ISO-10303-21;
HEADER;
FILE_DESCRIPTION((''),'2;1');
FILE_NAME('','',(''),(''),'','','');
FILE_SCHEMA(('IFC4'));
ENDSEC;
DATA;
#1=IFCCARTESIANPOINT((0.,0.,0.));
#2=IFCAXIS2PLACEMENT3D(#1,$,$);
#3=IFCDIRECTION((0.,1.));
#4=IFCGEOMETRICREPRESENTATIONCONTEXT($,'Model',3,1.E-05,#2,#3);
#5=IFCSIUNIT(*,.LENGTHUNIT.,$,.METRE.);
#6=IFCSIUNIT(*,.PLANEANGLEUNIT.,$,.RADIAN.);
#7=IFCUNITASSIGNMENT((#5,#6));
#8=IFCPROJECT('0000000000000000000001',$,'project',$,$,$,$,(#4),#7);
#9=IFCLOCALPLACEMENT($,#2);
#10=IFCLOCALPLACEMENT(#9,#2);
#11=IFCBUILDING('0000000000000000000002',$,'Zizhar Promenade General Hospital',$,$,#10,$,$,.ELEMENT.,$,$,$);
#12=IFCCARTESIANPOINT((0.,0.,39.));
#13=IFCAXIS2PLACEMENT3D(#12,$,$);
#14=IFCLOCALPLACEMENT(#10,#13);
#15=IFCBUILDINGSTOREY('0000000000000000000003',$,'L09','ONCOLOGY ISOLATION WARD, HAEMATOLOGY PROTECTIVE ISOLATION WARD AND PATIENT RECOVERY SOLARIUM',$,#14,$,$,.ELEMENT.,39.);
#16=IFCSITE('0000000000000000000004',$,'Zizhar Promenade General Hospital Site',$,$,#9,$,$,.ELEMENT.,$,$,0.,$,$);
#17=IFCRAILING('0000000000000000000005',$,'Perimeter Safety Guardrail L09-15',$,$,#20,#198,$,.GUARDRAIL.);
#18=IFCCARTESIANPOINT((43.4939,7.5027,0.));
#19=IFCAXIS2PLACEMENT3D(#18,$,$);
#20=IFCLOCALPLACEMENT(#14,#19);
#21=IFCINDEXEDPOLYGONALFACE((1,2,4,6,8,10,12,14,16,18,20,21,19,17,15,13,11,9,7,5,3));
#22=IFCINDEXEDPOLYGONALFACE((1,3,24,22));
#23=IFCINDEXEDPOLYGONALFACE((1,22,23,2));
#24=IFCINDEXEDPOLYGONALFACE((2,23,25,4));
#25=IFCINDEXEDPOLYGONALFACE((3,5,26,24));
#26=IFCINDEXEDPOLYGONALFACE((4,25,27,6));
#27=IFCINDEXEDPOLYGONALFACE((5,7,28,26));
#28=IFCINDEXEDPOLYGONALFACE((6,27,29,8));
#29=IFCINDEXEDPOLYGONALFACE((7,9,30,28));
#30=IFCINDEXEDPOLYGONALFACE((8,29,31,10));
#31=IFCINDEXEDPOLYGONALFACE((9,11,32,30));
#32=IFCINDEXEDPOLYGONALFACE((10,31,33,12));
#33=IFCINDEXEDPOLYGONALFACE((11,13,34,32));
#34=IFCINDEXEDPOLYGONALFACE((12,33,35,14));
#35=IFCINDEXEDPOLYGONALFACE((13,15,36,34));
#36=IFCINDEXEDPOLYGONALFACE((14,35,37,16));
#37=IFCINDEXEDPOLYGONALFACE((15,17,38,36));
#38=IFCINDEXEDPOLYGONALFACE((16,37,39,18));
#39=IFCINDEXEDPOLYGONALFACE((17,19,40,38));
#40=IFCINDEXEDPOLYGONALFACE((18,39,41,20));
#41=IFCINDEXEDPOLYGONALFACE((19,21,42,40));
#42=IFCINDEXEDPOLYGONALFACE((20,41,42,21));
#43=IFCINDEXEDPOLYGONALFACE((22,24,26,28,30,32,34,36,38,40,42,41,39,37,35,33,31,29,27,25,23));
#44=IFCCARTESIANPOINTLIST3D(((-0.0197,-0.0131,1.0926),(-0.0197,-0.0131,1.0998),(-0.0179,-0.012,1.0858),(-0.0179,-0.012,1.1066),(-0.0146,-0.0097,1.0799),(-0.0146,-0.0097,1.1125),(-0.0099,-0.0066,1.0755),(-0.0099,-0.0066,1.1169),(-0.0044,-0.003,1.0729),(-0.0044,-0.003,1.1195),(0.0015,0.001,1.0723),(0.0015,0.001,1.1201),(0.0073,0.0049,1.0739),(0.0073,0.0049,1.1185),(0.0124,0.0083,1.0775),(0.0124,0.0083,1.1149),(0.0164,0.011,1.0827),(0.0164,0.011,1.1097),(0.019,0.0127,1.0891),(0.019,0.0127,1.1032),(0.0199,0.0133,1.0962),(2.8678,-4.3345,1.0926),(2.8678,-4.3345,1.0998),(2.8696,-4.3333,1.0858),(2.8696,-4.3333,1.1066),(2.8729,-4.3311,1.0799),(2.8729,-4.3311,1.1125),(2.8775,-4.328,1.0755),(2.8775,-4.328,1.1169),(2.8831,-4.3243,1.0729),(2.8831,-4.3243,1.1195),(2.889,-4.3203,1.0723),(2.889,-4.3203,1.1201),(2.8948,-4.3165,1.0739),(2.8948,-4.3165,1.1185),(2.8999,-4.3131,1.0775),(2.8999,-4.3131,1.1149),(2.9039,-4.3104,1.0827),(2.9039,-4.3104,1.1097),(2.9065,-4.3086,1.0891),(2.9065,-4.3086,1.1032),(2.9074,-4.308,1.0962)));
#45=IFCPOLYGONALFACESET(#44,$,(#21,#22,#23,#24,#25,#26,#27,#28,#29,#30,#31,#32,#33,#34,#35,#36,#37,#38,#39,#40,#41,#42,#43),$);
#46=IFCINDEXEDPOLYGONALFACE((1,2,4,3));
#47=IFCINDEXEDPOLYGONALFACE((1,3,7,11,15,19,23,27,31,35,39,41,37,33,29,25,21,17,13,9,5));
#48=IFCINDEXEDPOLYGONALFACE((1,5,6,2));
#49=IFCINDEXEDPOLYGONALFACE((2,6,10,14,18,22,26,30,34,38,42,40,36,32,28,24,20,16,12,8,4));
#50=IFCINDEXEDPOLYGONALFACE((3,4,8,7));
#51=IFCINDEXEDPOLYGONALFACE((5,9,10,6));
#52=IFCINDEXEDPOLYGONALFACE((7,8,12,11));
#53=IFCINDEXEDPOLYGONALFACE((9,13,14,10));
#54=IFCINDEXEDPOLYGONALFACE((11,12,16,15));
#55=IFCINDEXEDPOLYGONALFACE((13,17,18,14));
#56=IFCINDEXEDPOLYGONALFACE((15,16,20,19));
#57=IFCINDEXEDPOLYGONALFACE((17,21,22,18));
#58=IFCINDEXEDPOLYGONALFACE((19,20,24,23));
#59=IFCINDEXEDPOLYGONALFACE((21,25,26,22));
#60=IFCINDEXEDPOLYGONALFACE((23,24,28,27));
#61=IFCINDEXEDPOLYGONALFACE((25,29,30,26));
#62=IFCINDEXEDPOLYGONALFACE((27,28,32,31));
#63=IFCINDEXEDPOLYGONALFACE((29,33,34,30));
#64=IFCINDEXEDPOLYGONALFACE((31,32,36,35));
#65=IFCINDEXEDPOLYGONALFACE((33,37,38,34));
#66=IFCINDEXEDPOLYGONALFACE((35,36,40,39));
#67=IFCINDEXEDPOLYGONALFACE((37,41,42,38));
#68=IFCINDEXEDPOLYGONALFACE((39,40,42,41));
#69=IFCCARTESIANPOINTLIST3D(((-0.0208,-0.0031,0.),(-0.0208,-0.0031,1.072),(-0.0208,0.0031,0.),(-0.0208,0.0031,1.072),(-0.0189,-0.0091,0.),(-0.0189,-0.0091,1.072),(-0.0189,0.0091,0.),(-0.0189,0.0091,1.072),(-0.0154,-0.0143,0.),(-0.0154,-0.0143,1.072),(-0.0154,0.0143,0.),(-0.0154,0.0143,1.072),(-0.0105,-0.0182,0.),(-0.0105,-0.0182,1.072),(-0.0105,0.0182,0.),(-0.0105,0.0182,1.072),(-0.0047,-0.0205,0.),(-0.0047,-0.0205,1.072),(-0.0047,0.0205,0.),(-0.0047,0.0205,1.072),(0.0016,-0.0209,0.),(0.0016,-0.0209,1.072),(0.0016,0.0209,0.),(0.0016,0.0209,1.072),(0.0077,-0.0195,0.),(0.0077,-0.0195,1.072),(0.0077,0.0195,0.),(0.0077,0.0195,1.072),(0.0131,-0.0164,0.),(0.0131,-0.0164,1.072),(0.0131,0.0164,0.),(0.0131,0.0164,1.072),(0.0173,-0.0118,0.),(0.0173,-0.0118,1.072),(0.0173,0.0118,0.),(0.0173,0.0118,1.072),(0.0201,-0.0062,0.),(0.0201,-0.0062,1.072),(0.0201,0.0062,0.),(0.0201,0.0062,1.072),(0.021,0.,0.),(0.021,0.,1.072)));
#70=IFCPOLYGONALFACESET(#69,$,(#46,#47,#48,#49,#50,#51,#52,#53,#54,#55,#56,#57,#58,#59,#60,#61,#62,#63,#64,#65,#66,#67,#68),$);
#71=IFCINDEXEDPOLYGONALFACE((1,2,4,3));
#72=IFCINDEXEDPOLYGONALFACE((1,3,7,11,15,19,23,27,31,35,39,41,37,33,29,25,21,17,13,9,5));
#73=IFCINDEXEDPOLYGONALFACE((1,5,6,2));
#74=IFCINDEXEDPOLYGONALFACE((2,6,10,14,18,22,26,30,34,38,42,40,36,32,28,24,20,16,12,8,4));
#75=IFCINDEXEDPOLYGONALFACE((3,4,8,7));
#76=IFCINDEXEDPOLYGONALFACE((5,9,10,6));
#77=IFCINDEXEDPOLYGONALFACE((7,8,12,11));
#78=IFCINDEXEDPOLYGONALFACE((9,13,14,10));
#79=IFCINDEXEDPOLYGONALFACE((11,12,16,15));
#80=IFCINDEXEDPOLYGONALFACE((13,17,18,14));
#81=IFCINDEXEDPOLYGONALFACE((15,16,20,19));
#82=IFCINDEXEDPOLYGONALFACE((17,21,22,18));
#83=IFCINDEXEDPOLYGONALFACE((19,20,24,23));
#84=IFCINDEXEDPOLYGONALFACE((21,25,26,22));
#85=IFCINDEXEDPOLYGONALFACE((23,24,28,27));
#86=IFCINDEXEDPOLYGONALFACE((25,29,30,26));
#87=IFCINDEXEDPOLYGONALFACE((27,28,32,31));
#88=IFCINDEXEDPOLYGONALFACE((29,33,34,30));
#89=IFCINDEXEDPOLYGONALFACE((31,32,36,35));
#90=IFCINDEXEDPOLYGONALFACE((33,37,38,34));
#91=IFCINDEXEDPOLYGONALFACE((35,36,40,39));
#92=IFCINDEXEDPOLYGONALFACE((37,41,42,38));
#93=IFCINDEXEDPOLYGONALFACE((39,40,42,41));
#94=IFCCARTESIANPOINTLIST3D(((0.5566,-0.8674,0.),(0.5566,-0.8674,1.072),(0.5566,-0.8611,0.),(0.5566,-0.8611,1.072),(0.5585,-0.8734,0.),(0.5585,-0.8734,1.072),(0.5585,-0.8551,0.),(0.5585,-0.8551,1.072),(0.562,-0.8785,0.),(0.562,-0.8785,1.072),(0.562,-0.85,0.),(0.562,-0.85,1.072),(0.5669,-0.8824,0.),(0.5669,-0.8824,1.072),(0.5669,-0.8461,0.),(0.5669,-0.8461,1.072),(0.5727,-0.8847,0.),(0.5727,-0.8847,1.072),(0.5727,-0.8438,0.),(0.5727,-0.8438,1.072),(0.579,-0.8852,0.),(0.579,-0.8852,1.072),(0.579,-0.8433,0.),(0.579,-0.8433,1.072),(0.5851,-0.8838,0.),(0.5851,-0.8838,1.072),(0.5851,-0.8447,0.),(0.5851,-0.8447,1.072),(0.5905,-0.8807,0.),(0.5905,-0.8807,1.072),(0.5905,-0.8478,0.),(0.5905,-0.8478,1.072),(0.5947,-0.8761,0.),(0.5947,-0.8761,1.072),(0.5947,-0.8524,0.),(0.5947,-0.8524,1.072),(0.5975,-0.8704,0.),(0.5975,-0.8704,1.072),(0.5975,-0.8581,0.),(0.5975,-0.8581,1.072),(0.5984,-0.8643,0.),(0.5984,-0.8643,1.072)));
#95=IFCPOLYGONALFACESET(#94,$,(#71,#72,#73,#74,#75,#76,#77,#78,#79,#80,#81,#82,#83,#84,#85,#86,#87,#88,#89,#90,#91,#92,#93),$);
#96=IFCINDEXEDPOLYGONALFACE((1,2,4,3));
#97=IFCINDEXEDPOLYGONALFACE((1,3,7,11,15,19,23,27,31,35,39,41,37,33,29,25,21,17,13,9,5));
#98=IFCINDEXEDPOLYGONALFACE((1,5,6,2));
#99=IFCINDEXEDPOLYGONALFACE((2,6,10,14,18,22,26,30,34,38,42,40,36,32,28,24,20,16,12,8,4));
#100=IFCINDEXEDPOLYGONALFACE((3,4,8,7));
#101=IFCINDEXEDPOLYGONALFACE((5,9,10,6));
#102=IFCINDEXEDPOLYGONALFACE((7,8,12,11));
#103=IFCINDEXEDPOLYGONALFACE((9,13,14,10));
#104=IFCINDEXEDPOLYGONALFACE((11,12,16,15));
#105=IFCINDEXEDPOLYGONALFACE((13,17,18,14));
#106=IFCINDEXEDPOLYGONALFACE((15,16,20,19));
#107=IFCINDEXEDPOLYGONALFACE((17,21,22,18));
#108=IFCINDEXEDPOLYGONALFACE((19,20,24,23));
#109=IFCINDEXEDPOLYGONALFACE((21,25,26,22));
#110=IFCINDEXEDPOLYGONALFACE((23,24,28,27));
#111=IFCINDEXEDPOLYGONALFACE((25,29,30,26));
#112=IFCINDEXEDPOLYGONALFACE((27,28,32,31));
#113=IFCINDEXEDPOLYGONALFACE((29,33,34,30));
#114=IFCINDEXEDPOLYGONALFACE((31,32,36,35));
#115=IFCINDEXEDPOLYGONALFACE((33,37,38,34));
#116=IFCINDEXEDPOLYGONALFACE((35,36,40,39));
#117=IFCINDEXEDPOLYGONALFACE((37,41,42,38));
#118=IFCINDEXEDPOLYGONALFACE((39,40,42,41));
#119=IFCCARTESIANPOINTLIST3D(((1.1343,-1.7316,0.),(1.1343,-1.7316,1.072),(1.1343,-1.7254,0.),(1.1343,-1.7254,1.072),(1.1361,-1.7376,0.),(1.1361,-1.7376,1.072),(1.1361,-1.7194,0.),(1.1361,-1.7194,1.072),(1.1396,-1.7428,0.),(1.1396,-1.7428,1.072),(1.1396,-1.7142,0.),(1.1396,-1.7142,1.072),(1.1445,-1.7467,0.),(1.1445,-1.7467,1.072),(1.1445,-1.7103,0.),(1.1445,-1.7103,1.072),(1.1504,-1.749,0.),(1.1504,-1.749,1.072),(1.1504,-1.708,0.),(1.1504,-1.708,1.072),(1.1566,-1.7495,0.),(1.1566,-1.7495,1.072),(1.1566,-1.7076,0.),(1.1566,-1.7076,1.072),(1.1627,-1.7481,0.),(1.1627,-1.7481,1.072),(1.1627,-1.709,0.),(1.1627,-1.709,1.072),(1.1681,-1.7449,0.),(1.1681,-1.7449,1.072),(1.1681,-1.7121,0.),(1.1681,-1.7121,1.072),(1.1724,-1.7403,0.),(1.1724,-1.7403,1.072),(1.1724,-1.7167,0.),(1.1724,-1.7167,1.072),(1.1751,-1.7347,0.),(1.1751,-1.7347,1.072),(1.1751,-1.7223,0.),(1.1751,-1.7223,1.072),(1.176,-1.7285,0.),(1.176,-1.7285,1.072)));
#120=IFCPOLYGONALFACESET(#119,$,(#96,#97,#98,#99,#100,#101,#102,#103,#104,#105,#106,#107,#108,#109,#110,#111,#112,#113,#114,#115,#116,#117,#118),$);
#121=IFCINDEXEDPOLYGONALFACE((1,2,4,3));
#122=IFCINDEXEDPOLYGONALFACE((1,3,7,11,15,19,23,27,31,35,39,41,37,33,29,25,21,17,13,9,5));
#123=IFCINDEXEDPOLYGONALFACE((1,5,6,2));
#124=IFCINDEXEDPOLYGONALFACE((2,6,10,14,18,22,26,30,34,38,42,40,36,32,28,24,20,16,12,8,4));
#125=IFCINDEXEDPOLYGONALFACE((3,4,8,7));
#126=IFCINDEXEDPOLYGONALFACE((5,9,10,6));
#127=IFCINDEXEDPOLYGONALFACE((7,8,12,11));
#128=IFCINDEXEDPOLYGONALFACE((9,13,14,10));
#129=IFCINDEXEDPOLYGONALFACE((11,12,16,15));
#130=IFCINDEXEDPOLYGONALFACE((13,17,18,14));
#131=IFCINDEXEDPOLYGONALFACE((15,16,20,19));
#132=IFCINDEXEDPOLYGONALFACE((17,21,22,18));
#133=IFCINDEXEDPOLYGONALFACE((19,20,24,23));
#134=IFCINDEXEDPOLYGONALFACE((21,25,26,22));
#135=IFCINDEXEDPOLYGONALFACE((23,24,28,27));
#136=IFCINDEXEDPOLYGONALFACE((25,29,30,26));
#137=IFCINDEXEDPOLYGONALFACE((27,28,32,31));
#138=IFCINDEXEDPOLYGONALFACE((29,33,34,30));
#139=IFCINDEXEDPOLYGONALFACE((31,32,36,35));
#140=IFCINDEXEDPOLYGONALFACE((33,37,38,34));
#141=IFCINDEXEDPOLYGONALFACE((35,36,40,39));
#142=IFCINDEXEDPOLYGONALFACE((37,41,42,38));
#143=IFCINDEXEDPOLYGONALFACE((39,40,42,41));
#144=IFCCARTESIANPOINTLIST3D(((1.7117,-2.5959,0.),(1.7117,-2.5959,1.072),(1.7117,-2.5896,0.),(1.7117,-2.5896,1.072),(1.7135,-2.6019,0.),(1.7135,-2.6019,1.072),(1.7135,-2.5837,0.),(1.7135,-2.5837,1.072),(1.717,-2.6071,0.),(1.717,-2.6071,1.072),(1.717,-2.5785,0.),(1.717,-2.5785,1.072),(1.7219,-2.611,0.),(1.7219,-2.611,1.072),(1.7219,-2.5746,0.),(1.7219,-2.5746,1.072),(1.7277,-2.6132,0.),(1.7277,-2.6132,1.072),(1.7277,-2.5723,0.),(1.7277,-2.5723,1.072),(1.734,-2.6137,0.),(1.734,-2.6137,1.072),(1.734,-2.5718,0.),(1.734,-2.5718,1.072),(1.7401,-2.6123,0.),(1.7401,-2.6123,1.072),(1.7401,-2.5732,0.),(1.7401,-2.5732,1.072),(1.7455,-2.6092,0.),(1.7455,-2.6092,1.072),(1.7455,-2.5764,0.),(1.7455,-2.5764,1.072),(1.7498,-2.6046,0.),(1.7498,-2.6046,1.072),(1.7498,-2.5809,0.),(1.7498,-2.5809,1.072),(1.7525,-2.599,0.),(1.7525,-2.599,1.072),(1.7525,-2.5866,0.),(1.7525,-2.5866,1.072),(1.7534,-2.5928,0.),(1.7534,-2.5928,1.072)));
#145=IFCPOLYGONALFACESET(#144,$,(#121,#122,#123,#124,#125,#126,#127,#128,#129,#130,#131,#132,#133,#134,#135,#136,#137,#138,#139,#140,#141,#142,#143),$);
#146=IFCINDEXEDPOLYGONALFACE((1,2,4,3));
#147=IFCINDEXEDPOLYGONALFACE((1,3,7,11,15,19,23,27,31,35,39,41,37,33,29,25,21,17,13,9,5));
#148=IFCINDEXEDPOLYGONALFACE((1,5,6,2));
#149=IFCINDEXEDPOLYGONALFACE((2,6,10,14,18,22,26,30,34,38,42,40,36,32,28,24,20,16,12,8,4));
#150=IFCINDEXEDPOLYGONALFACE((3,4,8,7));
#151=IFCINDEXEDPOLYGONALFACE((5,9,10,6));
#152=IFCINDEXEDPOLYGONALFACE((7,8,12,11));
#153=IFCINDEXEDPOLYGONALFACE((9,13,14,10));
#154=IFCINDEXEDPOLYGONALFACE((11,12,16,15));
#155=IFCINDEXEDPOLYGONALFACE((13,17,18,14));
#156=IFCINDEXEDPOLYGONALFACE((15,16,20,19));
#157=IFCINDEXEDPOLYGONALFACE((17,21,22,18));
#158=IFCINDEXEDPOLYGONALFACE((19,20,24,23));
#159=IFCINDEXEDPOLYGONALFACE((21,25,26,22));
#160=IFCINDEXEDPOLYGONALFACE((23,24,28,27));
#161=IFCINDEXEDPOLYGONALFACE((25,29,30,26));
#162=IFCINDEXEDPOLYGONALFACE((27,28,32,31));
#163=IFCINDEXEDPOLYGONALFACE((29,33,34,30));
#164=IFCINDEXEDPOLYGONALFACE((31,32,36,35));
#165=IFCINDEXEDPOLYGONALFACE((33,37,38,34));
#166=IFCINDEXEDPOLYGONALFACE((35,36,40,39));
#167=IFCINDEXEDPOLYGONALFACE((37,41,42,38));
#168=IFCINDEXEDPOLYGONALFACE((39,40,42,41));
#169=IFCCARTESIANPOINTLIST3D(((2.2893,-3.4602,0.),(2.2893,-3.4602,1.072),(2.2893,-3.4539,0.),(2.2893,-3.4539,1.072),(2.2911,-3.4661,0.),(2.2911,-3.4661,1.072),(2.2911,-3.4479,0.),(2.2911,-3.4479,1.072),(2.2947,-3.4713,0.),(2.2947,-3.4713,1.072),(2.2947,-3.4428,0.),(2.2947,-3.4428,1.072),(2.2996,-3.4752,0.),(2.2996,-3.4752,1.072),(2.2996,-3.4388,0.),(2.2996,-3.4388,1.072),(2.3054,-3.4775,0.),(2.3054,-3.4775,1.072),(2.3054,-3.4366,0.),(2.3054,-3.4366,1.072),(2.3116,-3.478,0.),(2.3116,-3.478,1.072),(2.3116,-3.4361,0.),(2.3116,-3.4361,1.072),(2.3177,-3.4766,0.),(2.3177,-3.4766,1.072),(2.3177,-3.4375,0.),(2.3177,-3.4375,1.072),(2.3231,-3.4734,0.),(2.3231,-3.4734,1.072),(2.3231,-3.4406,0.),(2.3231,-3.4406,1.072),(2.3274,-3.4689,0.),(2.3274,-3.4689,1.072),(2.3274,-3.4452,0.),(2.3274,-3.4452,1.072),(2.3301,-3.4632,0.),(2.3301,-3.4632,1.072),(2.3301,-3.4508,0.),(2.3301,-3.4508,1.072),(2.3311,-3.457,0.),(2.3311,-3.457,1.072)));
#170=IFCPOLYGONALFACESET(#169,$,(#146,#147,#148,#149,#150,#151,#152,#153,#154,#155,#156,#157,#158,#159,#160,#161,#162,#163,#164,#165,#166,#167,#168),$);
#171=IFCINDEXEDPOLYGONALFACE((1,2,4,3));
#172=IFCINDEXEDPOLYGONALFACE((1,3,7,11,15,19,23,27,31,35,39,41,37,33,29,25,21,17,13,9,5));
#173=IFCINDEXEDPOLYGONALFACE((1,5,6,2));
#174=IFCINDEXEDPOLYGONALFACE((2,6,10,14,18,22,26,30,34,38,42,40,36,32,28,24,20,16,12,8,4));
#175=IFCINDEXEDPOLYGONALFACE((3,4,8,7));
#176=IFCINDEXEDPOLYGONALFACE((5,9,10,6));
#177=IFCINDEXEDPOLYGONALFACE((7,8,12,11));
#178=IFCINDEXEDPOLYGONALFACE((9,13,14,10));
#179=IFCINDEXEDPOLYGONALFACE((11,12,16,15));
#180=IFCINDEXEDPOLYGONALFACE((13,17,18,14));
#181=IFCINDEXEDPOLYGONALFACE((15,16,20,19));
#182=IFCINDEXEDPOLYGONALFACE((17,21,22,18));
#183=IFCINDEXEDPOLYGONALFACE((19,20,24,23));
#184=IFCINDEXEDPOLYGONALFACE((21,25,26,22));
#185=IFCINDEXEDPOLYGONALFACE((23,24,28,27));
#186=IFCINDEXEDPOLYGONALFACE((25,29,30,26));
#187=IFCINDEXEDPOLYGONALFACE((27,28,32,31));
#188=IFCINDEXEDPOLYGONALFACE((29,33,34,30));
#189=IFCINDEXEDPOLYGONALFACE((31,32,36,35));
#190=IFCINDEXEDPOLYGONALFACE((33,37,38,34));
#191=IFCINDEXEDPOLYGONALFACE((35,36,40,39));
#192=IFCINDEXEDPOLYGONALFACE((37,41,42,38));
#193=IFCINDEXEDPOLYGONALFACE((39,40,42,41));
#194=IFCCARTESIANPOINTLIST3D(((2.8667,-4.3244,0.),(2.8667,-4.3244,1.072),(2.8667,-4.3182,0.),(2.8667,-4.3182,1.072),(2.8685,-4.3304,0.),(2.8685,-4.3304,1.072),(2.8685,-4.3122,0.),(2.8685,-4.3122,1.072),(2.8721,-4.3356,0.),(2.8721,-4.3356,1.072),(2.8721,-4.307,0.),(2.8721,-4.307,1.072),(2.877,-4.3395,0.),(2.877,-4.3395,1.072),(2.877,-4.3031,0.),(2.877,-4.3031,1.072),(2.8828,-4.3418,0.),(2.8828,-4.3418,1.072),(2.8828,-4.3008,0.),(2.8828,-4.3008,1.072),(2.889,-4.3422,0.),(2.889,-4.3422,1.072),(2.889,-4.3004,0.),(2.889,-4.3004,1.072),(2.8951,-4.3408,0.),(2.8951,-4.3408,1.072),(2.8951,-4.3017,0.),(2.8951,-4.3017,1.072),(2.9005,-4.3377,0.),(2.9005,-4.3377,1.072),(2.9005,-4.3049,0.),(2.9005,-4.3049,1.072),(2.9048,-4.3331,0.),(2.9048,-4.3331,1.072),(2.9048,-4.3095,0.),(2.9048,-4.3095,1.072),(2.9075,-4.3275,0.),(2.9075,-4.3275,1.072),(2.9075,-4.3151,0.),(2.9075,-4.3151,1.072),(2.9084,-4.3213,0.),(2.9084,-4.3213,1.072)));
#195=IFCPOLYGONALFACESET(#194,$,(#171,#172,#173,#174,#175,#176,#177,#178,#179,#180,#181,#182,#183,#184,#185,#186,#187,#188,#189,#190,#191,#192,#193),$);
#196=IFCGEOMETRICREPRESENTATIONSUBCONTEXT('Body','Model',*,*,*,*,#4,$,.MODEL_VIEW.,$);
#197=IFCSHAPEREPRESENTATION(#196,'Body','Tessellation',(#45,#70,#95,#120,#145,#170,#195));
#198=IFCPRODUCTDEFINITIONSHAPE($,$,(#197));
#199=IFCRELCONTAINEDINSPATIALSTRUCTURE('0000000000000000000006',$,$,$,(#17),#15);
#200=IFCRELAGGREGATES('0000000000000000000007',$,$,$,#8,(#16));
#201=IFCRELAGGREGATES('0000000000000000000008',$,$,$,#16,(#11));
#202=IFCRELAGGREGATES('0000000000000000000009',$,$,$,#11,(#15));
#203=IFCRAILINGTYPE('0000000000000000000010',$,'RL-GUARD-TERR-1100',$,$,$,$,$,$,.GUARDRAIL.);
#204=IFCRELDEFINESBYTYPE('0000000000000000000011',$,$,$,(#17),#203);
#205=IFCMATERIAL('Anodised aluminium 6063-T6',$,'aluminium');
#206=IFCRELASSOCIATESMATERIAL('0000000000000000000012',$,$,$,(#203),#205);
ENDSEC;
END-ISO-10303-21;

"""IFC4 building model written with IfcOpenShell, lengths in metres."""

from ifc_helpers import new_model, si_unit, direction, frame, origin, origin_2d, place, context, subcontext, project, spatial, circle, hollow_circle, extrude, material, material_profile, profile_set, type_object, element, save


model = new_model("IFC4")

# Units and contexts
model_context = context("Model", 3, precision=1e-05, world=origin(), true_north=direction((0.0, 1.0)))
body_context = subcontext(model_context, "Body", "Model", "MODEL_VIEW")
ifc_project = project(units=[si_unit("LENGTHUNIT", "METRE"), si_unit("PLANEANGLEUNIT", "RADIAN")], contexts=[model_context])

# Site, building, storey
site_placement = place(None, origin())
site = spatial("IfcSite", under=ifc_project, at=site_placement, Name="Zizhar Promenade General Hospital Site", CompositionType="ELEMENT", RefElevation=0.0)
building_placement = place(site_placement, origin())
building = spatial("IfcBuilding", under=site, at=building_placement, Name="Zizhar Promenade General Hospital", CompositionType="ELEMENT")
storey_placement = place(building_placement, frame((0.0, 0.0, 39.0)))
storey = spatial("IfcBuildingStorey", under=building, at=storey_placement, Name="L09", Description="ONCOLOGY ISOLATION WARD, HAEMATOLOGY PROTECTIVE ISOLATION WARD AND PATIENT RECOVERY SOLARIUM", CompositionType="ELEMENT", Elevation=39.0)

# Railing
ifc_material_1 = material(Name="Anodised aluminium 6063-T6", Category="aluminium")
ifc_material_profile_1 = material_profile(ifc_material_1, hollow_circle(Radius=0.0698, WallThickness=0.0063, at=origin_2d()))
ifc_profile_set_1 = profile_set([ifc_material_profile_1], Name="Anodised aluminium 6063-T6")
railing_type = type_object("IfcRailingType", Name="RL-GUARD-TERR-1100", PredefinedType="GUARDRAIL", material=ifc_profile_set_1)
railing_1_placement = place(storey_placement, frame((43.4939, 7.5027, 0.0)))
element("IfcRailing", 1, at=railing_1_placement, inside=storey, type_object=railing_type, Name="Perimeter Safety Guardrail L09-15", PredefinedType="GUARDRAIL", context=body_context, shape_type="SweptSolid", body=[
    extrude(circle(Radius=0.0239, at=origin_2d()), frame((0.0, 0.0, 1.0962), z_axis=(0.555578, -0.831464, 0.0), x_axis=(0.831464, 0.555578, 0.0)), (0.0, 0.0, 1.0), 5.1973),
    extrude(circle(Radius=0.021, at=origin_2d()), origin(), (0.0, 0.0, 1.0), 1.072),
    extrude(circle(Radius=0.021, at=origin_2d()), frame((0.5774, -0.8643, 0.0)), (0.0, 0.0, 1.0), 1.072),
    extrude(circle(Radius=0.021, at=origin_2d()), frame((1.155, -1.7285, 0.0)), (0.0, 0.0, 1.0), 1.072),
    extrude(circle(Radius=0.021, at=origin_2d()), frame((1.7324, -2.5928, 0.0)), (0.0, 0.0, 1.0), 1.072),
    extrude(circle(Radius=0.021, at=origin_2d()), frame((2.3101, -3.457, 0.0)), (0.0, 0.0, 1.0), 1.072),
    extrude(circle(Radius=0.021, at=origin_2d()), frame((2.8875, -4.3213, 0.0)), (0.0, 0.0, 1.0), 1.072),
])

save(model, "model.ifc")
